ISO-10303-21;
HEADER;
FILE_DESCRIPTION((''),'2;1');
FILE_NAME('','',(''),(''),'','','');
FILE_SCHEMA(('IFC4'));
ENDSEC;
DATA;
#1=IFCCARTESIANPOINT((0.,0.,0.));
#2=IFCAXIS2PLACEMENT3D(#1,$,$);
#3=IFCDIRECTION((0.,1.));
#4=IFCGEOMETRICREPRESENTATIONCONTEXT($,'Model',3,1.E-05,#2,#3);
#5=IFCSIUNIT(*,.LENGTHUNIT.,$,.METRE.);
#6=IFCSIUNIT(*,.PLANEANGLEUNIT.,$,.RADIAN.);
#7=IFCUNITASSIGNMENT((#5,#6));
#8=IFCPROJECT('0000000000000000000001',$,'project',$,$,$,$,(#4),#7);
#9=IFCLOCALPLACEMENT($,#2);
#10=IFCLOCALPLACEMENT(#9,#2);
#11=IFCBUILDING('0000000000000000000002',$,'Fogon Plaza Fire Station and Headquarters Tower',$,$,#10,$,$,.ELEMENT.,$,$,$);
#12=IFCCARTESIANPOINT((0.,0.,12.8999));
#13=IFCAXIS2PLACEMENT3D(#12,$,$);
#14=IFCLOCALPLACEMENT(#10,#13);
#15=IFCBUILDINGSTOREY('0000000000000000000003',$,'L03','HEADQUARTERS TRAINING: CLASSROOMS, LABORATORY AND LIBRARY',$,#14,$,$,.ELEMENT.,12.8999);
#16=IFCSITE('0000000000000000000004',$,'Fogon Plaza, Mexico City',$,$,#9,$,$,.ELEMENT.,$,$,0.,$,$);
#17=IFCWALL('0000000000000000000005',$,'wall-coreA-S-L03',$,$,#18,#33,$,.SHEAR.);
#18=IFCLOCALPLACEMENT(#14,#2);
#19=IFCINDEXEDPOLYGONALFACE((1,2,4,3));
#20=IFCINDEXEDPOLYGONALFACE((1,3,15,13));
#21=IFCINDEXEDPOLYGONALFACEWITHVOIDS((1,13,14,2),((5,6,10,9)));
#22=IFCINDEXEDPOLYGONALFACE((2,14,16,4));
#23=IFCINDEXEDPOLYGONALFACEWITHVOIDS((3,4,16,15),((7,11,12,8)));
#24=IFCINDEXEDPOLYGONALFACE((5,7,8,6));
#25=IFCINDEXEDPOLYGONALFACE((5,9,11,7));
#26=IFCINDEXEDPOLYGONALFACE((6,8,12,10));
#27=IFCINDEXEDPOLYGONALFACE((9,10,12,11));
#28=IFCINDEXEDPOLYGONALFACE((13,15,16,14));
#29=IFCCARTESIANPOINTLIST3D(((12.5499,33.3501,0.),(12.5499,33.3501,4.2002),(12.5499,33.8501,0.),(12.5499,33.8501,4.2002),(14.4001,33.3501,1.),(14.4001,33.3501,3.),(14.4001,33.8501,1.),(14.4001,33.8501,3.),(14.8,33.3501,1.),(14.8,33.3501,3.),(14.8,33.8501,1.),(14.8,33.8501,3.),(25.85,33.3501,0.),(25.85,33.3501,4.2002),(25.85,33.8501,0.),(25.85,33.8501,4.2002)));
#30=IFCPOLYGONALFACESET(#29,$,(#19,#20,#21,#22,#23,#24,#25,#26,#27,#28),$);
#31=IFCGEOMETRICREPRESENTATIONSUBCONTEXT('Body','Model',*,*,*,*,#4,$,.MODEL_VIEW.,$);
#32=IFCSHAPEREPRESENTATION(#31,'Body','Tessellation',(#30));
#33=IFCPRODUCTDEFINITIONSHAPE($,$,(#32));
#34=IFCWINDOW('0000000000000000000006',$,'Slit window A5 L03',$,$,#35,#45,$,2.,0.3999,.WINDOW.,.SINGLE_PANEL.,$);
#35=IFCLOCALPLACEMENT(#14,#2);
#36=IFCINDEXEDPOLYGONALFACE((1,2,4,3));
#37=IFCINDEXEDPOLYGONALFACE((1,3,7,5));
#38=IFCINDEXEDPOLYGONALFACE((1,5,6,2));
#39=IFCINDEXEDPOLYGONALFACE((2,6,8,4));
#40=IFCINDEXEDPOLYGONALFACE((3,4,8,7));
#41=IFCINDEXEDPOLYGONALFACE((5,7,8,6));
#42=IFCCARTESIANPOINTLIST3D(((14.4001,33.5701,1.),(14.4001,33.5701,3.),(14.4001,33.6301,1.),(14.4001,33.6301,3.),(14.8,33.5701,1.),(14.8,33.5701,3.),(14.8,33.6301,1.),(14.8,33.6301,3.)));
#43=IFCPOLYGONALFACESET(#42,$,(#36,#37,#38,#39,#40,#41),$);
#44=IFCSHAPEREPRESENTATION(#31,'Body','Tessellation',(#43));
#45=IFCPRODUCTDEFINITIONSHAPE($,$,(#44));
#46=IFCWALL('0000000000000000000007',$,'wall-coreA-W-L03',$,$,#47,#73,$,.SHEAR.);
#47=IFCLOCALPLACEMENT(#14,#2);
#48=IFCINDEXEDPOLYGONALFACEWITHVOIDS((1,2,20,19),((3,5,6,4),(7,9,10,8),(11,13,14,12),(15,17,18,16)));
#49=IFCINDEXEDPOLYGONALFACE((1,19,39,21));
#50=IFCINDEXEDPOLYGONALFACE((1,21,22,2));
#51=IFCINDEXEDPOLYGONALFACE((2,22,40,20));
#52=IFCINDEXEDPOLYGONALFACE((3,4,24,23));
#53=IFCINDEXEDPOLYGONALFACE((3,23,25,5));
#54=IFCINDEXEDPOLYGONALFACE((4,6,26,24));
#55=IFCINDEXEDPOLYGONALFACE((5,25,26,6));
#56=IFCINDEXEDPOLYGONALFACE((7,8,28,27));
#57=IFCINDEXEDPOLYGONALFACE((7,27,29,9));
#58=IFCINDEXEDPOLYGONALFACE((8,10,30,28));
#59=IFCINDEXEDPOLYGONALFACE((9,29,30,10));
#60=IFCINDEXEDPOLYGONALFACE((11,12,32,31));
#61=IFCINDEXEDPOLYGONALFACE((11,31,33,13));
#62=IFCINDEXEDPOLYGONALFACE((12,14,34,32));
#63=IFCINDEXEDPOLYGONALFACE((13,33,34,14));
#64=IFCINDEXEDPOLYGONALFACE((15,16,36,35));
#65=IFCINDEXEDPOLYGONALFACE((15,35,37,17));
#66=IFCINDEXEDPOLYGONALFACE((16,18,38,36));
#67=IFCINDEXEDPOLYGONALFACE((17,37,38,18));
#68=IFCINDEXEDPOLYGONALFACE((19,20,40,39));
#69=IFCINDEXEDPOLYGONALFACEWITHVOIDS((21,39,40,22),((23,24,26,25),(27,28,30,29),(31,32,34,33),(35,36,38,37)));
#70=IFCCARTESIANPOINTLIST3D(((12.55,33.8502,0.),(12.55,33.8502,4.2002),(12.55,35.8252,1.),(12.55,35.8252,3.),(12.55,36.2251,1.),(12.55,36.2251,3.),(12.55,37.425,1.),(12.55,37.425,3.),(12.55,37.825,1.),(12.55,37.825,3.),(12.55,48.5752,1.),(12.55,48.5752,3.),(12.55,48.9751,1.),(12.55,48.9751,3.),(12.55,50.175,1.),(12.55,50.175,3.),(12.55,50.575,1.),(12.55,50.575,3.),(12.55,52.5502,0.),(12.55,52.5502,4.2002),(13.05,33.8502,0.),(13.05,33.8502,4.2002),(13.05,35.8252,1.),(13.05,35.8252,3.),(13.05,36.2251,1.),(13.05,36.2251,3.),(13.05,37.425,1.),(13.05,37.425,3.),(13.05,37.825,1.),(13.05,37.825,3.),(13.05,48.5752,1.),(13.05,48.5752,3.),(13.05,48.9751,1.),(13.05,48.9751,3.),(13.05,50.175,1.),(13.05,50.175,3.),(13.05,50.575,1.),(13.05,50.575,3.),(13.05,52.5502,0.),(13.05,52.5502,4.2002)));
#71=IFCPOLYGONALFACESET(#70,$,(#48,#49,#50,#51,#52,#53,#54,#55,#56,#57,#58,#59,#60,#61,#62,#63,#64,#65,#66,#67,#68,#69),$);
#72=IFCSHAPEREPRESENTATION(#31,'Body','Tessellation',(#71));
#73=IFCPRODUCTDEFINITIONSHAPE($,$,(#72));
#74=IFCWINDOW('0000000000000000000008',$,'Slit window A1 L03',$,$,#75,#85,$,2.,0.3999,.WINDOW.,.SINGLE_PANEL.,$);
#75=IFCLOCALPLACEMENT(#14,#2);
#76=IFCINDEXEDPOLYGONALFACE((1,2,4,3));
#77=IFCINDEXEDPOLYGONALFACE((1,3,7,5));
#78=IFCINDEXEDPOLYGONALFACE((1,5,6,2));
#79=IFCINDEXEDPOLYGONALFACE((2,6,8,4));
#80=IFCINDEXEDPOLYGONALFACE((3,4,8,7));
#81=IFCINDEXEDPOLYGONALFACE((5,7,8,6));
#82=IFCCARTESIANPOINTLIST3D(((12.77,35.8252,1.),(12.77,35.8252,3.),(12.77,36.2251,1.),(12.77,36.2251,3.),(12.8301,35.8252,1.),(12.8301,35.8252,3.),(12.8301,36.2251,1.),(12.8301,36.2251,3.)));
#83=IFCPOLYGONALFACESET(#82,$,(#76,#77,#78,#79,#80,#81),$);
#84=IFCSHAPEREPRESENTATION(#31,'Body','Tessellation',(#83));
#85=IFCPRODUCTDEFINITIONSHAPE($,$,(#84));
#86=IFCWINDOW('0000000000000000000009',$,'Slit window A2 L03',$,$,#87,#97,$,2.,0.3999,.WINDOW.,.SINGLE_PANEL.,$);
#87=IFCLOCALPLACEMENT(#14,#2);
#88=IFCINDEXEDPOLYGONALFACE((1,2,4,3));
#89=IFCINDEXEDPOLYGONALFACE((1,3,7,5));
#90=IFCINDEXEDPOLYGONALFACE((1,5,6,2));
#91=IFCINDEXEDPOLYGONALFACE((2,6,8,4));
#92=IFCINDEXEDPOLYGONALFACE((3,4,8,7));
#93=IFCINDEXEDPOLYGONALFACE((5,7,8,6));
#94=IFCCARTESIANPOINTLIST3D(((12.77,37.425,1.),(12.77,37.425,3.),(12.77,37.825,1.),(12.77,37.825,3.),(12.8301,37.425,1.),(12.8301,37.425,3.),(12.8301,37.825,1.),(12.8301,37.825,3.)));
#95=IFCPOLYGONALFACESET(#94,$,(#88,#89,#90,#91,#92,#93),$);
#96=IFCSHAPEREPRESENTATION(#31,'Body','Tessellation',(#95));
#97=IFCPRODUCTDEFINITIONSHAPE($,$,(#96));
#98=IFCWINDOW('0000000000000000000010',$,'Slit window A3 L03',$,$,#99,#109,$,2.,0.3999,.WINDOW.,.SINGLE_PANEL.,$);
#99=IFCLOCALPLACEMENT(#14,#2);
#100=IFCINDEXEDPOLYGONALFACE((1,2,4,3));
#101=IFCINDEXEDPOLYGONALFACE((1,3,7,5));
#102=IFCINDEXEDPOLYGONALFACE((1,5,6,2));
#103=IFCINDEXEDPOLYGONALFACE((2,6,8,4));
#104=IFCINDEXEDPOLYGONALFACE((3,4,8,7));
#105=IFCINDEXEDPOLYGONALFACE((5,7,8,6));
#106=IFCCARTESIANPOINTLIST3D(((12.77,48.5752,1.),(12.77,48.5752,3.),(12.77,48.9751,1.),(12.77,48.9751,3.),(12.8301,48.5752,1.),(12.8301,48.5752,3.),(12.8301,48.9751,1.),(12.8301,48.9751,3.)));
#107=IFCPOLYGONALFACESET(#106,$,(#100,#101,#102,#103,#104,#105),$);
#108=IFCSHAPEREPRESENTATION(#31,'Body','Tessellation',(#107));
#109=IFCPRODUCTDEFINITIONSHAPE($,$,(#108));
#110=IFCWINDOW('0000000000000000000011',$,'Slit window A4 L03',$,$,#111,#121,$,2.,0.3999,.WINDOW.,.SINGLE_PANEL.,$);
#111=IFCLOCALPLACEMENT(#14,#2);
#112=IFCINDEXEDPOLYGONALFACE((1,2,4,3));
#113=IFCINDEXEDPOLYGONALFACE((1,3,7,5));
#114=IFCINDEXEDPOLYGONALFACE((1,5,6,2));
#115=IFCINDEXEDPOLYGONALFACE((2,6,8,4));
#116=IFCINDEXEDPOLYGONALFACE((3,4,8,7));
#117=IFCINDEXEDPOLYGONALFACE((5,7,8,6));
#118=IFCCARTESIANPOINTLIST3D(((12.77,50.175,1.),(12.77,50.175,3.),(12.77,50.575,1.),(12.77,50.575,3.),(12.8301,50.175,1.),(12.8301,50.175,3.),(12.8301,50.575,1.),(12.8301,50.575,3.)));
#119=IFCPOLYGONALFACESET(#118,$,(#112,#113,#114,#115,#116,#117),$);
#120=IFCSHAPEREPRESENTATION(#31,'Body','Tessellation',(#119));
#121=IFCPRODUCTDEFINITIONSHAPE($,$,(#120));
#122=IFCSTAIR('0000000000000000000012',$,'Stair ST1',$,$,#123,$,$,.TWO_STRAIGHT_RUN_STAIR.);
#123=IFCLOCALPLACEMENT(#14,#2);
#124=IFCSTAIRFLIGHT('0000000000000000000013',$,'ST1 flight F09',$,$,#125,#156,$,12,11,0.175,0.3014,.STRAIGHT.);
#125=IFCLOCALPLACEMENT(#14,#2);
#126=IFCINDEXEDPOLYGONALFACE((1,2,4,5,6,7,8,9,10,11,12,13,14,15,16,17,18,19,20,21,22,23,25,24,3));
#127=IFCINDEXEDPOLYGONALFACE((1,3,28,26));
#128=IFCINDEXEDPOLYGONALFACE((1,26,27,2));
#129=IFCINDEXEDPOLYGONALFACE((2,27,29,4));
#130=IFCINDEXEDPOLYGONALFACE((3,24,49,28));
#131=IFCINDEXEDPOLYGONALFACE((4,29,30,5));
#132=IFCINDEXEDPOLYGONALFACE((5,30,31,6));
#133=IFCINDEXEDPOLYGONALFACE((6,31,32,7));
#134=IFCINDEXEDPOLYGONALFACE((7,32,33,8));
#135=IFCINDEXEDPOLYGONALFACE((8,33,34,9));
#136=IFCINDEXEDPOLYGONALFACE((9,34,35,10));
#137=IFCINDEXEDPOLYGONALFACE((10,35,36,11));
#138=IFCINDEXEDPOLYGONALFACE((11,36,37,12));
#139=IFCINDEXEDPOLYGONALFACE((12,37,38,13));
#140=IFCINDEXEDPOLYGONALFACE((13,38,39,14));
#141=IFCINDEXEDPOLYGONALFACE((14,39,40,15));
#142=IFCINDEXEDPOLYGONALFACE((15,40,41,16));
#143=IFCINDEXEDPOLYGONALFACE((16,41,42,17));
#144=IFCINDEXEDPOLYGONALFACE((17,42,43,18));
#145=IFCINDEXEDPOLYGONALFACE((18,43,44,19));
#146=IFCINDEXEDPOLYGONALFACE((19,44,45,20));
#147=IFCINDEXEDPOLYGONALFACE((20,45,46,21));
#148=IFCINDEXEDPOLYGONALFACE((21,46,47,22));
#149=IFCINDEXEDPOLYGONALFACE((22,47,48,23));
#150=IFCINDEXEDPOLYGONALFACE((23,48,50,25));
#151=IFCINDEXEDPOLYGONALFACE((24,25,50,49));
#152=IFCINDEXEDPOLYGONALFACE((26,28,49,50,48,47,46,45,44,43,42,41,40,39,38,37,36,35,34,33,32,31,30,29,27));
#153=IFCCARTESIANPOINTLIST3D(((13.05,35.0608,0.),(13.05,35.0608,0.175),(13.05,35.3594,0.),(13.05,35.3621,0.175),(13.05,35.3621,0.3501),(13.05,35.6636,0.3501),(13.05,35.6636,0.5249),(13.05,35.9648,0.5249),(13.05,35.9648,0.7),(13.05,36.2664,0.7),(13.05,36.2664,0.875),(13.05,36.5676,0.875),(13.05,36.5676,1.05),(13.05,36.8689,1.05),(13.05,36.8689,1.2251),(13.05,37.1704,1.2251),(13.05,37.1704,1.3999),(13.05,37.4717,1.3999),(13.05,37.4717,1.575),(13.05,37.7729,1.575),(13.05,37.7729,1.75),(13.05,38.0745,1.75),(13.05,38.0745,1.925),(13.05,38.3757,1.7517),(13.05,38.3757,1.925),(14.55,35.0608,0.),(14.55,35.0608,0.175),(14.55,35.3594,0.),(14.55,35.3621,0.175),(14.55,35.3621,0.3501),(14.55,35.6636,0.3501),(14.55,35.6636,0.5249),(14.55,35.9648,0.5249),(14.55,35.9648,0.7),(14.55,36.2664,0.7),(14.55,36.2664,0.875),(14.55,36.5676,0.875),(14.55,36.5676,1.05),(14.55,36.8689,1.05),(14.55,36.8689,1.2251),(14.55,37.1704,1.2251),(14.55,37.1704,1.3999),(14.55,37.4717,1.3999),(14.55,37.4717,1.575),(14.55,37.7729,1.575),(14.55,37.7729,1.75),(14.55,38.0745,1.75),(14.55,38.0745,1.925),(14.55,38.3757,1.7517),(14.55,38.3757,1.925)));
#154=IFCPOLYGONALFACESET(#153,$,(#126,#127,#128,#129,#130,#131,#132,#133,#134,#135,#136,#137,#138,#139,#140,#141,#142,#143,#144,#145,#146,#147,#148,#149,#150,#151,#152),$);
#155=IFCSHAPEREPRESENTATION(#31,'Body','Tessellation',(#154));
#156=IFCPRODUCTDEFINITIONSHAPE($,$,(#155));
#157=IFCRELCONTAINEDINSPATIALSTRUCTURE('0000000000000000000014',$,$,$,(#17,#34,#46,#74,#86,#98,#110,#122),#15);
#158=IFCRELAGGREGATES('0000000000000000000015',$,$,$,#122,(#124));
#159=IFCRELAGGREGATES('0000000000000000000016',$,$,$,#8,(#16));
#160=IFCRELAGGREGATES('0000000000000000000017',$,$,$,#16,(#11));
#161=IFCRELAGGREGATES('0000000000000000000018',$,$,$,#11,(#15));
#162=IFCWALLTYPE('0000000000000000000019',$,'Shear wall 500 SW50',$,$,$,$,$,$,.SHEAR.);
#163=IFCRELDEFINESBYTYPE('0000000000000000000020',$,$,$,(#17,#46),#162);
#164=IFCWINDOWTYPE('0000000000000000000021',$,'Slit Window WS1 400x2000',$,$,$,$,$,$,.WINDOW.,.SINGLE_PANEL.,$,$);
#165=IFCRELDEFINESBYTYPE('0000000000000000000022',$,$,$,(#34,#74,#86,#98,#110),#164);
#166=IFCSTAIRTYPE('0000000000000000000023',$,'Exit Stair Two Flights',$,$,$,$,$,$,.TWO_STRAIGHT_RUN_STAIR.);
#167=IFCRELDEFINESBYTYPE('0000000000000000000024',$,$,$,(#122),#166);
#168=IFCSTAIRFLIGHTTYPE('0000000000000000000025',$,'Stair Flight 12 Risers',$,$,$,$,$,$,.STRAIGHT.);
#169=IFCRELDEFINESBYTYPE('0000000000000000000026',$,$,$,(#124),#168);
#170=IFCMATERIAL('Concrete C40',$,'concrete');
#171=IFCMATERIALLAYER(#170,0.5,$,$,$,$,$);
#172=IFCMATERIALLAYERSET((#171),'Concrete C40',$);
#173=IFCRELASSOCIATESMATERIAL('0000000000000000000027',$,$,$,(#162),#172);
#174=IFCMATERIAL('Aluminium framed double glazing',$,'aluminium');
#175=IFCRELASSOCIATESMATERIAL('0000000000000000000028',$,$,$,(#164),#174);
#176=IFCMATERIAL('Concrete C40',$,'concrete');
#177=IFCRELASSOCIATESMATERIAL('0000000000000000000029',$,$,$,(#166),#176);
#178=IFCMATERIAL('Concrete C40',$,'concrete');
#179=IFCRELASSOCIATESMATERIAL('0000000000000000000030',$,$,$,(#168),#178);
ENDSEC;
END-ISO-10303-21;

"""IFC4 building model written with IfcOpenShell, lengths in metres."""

from ifc_helpers import new_model, si_unit, direction, frame, frame_2d, origin, place, context, subcontext, project, spatial, polyline, rectangle, outline, extrude, material, layer, layer_set, type_object, element, fill, aggregate, save


model = new_model("IFC4")

# Units and contexts
model_context = context("Model", 3, precision=1e-05, world=origin(), true_north=direction((0.0, 1.0)))
body_context = subcontext(model_context, "Body", "Model", "MODEL_VIEW")
ifc_project = project(units=[si_unit("LENGTHUNIT", "METRE"), si_unit("PLANEANGLEUNIT", "RADIAN")], contexts=[model_context])

# Site, building, storey
site_placement = place(None, origin())
site = spatial("IfcSite", under=ifc_project, at=site_placement, Name="Fogon Plaza, Mexico City", CompositionType="ELEMENT", RefElevation=0.0)
building_placement = place(site_placement, origin())
building = spatial("IfcBuilding", under=site, at=building_placement, Name="Fogon Plaza Fire Station and Headquarters Tower", CompositionType="ELEMENT")
storey_placement = place(building_placement, frame((0.0, 0.0, 12.8999)))
storey = spatial("IfcBuildingStorey", under=building, at=storey_placement, Name="L03", Description="HEADQUARTERS TRAINING: CLASSROOMS, LABORATORY AND LIBRARY", CompositionType="ELEMENT", Elevation=12.8999)

# Wall, opening, window
ifc_material_1 = material(Name="Concrete C40", Category="concrete")
ifc_layer_1 = layer(ifc_material_1, 0.5)
ifc_layer_set_1 = layer_set([ifc_layer_1], Name="Concrete C40")
wall_type_1 = type_object("IfcWallType", Name="Shear wall 500 SW50", PredefinedType="SHEAR", material=ifc_layer_set_1)
wall_1_placement = place(storey_placement, frame((12.55, 33.6001, 0.0), z_axis=(0.0, 0.0, 1.0), x_axis=(1.0, 0.0, 0.0)))
wall_1 = element("IfcWall", 1, at=wall_1_placement, inside=storey, type_object=wall_type_1, Name="wall-coreA-S-L03", PredefinedType="SHEAR", context=body_context, shape_type="SweptSolid", body=[
    extrude(rectangle(XDim=13.3, YDim=0.5, at=frame_2d((6.6499, 0.0))), origin(), (0.0, 0.0, 1.0), 4.2002),
])
opening_1_placement = place(wall_1_placement, frame((1.8501, 0.0, 1.0)))
opening_1 = element("IfcOpeningElement", 2, at=opening_1_placement, cuts=wall_1, PredefinedType="OPENING", context=body_context, shape_type="SweptSolid", body=[
    extrude(rectangle(XDim=0.3999, YDim=2.0, at=frame_2d((0.2, 1.0))), frame((0.0, 0.26, 0.0), z_axis=(0.0, -1.0, 0.0), x_axis=(1.0, 0.0, 0.0)), (0.0, 0.0, 1.0), 0.52),
])
ifc_material_2 = material(Name="Aluminium framed double glazing", Category="aluminium")
window_type = type_object("IfcWindowType", Name="Slit Window WS1 400x2000", PartitioningType="SINGLE_PANEL", PredefinedType="WINDOW", material=ifc_material_2)
window_1_placement = place(opening_1_placement, origin())
window_1 = element("IfcWindow", 3, at=window_1_placement, inside=storey, type_object=window_type, Name="Slit window A5 L03", OverallHeight=2.0, OverallWidth=0.3999, PartitioningType="SINGLE_PANEL", PredefinedType="WINDOW", context=body_context, shape_type="SweptSolid", body=[
    extrude(rectangle(XDim=0.3999, YDim=2.0, at=frame_2d((0.2, 1.0))), frame((0.0, 0.03, 0.0), z_axis=(0.0, -1.0, 0.0), x_axis=(1.0, 0.0, 0.0)), (0.0, 0.0, 1.0), 0.0601),
])
fill(opening_1, window_1)

# Wall, openings, windows
wall_2_placement = place(storey_placement, frame((12.8, 33.8501, 0.0), z_axis=(0.0, 0.0, 1.0), x_axis=(0.0, 1.0, 0.0)))
wall_2 = element("IfcWall", 4, at=wall_2_placement, inside=storey, type_object=wall_type_1, Name="wall-coreA-W-L03", PredefinedType="SHEAR", context=body_context, shape_type="SweptSolid", body=[
    extrude(rectangle(XDim=18.7, YDim=0.5, at=frame_2d((9.3501, 0.0))), origin(), (0.0, 0.0, 1.0), 4.2002),
])
opening_2_placement = place(wall_2_placement, frame((1.9751, 0.0, 1.0)))
opening_2 = element("IfcOpeningElement", 5, at=opening_2_placement, cuts=wall_2, PredefinedType="OPENING", context=body_context, shape_type="SweptSolid", body=[
    extrude(rectangle(XDim=0.3999, YDim=2.0, at=frame_2d((0.2, 1.0))), frame((0.0, 0.26, 0.0), z_axis=(0.0, -1.0, 0.0), x_axis=(1.0, 0.0, 0.0)), (0.0, 0.0, 1.0), 0.52),
])
opening_3_placement = place(wall_2_placement, frame((3.575, 0.0, 1.0)))
opening_3 = element("IfcOpeningElement", 6, at=opening_3_placement, cuts=wall_2, PredefinedType="OPENING", context=body_context, shape_type="SweptSolid", body=[
    extrude(rectangle(XDim=0.3999, YDim=2.0, at=frame_2d((0.2, 1.0))), frame((0.0, 0.26, 0.0), z_axis=(0.0, -1.0, 0.0), x_axis=(1.0, 0.0, 0.0)), (0.0, 0.0, 1.0), 0.52),
])
opening_4_placement = place(wall_2_placement, frame((14.7251, 0.0, 1.0)))
opening_4 = element("IfcOpeningElement", 7, at=opening_4_placement, cuts=wall_2, PredefinedType="OPENING", context=body_context, shape_type="SweptSolid", body=[
    extrude(rectangle(XDim=0.3999, YDim=2.0, at=frame_2d((0.2, 1.0))), frame((0.0, 0.26, 0.0), z_axis=(0.0, -1.0, 0.0), x_axis=(1.0, 0.0, 0.0)), (0.0, 0.0, 1.0), 0.52),
])
opening_5_placement = place(wall_2_placement, frame((16.325, 0.0, 1.0)))
opening_5 = element("IfcOpeningElement", 8, at=opening_5_placement, cuts=wall_2, PredefinedType="OPENING", context=body_context, shape_type="SweptSolid", body=[
    extrude(rectangle(XDim=0.3999, YDim=2.0, at=frame_2d((0.2, 1.0))), frame((0.0, 0.26, 0.0), z_axis=(0.0, -1.0, 0.0), x_axis=(1.0, 0.0, 0.0)), (0.0, 0.0, 1.0), 0.52),
])
window_2_placement = place(opening_2_placement, origin())
window_2 = element("IfcWindow", 9, at=window_2_placement, inside=storey, type_object=window_type, Name="Slit window A1 L03", OverallHeight=2.0, OverallWidth=0.3999, PartitioningType="SINGLE_PANEL", PredefinedType="WINDOW", context=body_context, shape_type="SweptSolid", body=[
    extrude(rectangle(XDim=0.3999, YDim=2.0, at=frame_2d((0.2, 1.0))), frame((0.0, 0.03, 0.0), z_axis=(0.0, -1.0, 0.0), x_axis=(1.0, 0.0, 0.0)), (0.0, 0.0, 1.0), 0.0601),
])
fill(opening_2, window_2)
window_3_placement = place(opening_3_placement, origin())
window_3 = element("IfcWindow", 10, at=window_3_placement, inside=storey, type_object=window_type, Name="Slit window A2 L03", OverallHeight=2.0, OverallWidth=0.3999, PartitioningType="SINGLE_PANEL", PredefinedType="WINDOW", context=body_context, shape_type="SweptSolid", body=[
    extrude(rectangle(XDim=0.3999, YDim=2.0, at=frame_2d((0.2, 1.0))), frame((0.0, 0.03, 0.0), z_axis=(0.0, -1.0, 0.0), x_axis=(1.0, 0.0, 0.0)), (0.0, 0.0, 1.0), 0.0601),
])
fill(opening_3, window_3)
window_4_placement = place(opening_4_placement, origin())
window_4 = element("IfcWindow", 11, at=window_4_placement, inside=storey, type_object=window_type, Name="Slit window A3 L03", OverallHeight=2.0, OverallWidth=0.3999, PartitioningType="SINGLE_PANEL", PredefinedType="WINDOW", context=body_context, shape_type="SweptSolid", body=[
    extrude(rectangle(XDim=0.3999, YDim=2.0, at=frame_2d((0.2, 1.0))), frame((0.0, 0.03, 0.0), z_axis=(0.0, -1.0, 0.0), x_axis=(1.0, 0.0, 0.0)), (0.0, 0.0, 1.0), 0.0601),
])
fill(opening_4, window_4)
window_5_placement = place(opening_5_placement, origin())
window_5 = element("IfcWindow", 12, at=window_5_placement, inside=storey, type_object=window_type, Name="Slit window A4 L03", OverallHeight=2.0, OverallWidth=0.3999, PartitioningType="SINGLE_PANEL", PredefinedType="WINDOW", context=body_context, shape_type="SweptSolid", body=[
    extrude(rectangle(XDim=0.3999, YDim=2.0, at=frame_2d((0.2, 1.0))), frame((0.0, 0.03, 0.0), z_axis=(0.0, -1.0, 0.0), x_axis=(1.0, 0.0, 0.0)), (0.0, 0.0, 1.0), 0.0601),
])
fill(opening_5, window_5)

# Stair, stair flight
ifc_material_3 = material(Name="Concrete C40", Category="concrete")
stair_type = type_object("IfcStairType", Name="Exit Stair Two Flights", PredefinedType="TWO_STRAIGHT_RUN_STAIR", material=ifc_material_3)
stair_placement = place(storey_placement, origin())
stair = element("IfcStair", 13, at=stair_placement, inside=storey, type_object=stair_type, Name="Stair ST1", PredefinedType="TWO_STRAIGHT_RUN_STAIR")
ifc_material_4 = material(Name="Concrete C40", Category="concrete")
stair_flight_type = type_object("IfcStairFlightType", Name="Stair Flight 12 Risers", PredefinedType="STRAIGHT", material=ifc_material_4)
stair_flight_placement = place(storey_placement, frame((13.8, 35.0608, 0.0), z_axis=(0.0, 0.0, 1.0), x_axis=(0.0, 1.0, 0.0)))
stair_flight = element("IfcStairFlight", 14, at=stair_flight_placement, type_object=stair_flight_type, Name="ST1 flight F09", NumberOfRisers=12, NumberOfTreads=11, PredefinedType="STRAIGHT", RiserHeight=0.175, TreadLength=0.3014, context=body_context, shape_type="SweptSolid", body=[
    extrude(outline(polyline([(0.0, 0.0), (0.0, 0.175), (0.3013, 0.175), (0.3013, 0.3501), (0.6028, 0.3501), (0.6028, 0.5249), (0.9041, 0.5249), (0.9041, 0.7), (1.2056, 0.7), (1.2056, 0.875), (1.5068, 0.875), (1.5068, 1.05), (1.8081, 1.05), (1.8081, 1.2251), (2.1096, 1.2251), (2.1096, 1.3999), (2.4109, 1.3999), (2.4109, 1.575), (2.7122, 1.575), (2.7122, 1.75), (3.0137, 1.75), (3.0137, 1.925), (3.3149, 1.925), (3.3149, 2.1001), (3.3149, 1.7517), (0.2986, 0.0), (0.0, 0.0)])), frame((0.0, 0.75, 0.0), z_axis=(0.0, -1.0, 0.0), x_axis=(1.0, 0.0, 0.0)), (0.0, 0.0, 1.0), 1.5),
])
aggregate(stair, [stair_flight])

save(model, "model.ifc")
